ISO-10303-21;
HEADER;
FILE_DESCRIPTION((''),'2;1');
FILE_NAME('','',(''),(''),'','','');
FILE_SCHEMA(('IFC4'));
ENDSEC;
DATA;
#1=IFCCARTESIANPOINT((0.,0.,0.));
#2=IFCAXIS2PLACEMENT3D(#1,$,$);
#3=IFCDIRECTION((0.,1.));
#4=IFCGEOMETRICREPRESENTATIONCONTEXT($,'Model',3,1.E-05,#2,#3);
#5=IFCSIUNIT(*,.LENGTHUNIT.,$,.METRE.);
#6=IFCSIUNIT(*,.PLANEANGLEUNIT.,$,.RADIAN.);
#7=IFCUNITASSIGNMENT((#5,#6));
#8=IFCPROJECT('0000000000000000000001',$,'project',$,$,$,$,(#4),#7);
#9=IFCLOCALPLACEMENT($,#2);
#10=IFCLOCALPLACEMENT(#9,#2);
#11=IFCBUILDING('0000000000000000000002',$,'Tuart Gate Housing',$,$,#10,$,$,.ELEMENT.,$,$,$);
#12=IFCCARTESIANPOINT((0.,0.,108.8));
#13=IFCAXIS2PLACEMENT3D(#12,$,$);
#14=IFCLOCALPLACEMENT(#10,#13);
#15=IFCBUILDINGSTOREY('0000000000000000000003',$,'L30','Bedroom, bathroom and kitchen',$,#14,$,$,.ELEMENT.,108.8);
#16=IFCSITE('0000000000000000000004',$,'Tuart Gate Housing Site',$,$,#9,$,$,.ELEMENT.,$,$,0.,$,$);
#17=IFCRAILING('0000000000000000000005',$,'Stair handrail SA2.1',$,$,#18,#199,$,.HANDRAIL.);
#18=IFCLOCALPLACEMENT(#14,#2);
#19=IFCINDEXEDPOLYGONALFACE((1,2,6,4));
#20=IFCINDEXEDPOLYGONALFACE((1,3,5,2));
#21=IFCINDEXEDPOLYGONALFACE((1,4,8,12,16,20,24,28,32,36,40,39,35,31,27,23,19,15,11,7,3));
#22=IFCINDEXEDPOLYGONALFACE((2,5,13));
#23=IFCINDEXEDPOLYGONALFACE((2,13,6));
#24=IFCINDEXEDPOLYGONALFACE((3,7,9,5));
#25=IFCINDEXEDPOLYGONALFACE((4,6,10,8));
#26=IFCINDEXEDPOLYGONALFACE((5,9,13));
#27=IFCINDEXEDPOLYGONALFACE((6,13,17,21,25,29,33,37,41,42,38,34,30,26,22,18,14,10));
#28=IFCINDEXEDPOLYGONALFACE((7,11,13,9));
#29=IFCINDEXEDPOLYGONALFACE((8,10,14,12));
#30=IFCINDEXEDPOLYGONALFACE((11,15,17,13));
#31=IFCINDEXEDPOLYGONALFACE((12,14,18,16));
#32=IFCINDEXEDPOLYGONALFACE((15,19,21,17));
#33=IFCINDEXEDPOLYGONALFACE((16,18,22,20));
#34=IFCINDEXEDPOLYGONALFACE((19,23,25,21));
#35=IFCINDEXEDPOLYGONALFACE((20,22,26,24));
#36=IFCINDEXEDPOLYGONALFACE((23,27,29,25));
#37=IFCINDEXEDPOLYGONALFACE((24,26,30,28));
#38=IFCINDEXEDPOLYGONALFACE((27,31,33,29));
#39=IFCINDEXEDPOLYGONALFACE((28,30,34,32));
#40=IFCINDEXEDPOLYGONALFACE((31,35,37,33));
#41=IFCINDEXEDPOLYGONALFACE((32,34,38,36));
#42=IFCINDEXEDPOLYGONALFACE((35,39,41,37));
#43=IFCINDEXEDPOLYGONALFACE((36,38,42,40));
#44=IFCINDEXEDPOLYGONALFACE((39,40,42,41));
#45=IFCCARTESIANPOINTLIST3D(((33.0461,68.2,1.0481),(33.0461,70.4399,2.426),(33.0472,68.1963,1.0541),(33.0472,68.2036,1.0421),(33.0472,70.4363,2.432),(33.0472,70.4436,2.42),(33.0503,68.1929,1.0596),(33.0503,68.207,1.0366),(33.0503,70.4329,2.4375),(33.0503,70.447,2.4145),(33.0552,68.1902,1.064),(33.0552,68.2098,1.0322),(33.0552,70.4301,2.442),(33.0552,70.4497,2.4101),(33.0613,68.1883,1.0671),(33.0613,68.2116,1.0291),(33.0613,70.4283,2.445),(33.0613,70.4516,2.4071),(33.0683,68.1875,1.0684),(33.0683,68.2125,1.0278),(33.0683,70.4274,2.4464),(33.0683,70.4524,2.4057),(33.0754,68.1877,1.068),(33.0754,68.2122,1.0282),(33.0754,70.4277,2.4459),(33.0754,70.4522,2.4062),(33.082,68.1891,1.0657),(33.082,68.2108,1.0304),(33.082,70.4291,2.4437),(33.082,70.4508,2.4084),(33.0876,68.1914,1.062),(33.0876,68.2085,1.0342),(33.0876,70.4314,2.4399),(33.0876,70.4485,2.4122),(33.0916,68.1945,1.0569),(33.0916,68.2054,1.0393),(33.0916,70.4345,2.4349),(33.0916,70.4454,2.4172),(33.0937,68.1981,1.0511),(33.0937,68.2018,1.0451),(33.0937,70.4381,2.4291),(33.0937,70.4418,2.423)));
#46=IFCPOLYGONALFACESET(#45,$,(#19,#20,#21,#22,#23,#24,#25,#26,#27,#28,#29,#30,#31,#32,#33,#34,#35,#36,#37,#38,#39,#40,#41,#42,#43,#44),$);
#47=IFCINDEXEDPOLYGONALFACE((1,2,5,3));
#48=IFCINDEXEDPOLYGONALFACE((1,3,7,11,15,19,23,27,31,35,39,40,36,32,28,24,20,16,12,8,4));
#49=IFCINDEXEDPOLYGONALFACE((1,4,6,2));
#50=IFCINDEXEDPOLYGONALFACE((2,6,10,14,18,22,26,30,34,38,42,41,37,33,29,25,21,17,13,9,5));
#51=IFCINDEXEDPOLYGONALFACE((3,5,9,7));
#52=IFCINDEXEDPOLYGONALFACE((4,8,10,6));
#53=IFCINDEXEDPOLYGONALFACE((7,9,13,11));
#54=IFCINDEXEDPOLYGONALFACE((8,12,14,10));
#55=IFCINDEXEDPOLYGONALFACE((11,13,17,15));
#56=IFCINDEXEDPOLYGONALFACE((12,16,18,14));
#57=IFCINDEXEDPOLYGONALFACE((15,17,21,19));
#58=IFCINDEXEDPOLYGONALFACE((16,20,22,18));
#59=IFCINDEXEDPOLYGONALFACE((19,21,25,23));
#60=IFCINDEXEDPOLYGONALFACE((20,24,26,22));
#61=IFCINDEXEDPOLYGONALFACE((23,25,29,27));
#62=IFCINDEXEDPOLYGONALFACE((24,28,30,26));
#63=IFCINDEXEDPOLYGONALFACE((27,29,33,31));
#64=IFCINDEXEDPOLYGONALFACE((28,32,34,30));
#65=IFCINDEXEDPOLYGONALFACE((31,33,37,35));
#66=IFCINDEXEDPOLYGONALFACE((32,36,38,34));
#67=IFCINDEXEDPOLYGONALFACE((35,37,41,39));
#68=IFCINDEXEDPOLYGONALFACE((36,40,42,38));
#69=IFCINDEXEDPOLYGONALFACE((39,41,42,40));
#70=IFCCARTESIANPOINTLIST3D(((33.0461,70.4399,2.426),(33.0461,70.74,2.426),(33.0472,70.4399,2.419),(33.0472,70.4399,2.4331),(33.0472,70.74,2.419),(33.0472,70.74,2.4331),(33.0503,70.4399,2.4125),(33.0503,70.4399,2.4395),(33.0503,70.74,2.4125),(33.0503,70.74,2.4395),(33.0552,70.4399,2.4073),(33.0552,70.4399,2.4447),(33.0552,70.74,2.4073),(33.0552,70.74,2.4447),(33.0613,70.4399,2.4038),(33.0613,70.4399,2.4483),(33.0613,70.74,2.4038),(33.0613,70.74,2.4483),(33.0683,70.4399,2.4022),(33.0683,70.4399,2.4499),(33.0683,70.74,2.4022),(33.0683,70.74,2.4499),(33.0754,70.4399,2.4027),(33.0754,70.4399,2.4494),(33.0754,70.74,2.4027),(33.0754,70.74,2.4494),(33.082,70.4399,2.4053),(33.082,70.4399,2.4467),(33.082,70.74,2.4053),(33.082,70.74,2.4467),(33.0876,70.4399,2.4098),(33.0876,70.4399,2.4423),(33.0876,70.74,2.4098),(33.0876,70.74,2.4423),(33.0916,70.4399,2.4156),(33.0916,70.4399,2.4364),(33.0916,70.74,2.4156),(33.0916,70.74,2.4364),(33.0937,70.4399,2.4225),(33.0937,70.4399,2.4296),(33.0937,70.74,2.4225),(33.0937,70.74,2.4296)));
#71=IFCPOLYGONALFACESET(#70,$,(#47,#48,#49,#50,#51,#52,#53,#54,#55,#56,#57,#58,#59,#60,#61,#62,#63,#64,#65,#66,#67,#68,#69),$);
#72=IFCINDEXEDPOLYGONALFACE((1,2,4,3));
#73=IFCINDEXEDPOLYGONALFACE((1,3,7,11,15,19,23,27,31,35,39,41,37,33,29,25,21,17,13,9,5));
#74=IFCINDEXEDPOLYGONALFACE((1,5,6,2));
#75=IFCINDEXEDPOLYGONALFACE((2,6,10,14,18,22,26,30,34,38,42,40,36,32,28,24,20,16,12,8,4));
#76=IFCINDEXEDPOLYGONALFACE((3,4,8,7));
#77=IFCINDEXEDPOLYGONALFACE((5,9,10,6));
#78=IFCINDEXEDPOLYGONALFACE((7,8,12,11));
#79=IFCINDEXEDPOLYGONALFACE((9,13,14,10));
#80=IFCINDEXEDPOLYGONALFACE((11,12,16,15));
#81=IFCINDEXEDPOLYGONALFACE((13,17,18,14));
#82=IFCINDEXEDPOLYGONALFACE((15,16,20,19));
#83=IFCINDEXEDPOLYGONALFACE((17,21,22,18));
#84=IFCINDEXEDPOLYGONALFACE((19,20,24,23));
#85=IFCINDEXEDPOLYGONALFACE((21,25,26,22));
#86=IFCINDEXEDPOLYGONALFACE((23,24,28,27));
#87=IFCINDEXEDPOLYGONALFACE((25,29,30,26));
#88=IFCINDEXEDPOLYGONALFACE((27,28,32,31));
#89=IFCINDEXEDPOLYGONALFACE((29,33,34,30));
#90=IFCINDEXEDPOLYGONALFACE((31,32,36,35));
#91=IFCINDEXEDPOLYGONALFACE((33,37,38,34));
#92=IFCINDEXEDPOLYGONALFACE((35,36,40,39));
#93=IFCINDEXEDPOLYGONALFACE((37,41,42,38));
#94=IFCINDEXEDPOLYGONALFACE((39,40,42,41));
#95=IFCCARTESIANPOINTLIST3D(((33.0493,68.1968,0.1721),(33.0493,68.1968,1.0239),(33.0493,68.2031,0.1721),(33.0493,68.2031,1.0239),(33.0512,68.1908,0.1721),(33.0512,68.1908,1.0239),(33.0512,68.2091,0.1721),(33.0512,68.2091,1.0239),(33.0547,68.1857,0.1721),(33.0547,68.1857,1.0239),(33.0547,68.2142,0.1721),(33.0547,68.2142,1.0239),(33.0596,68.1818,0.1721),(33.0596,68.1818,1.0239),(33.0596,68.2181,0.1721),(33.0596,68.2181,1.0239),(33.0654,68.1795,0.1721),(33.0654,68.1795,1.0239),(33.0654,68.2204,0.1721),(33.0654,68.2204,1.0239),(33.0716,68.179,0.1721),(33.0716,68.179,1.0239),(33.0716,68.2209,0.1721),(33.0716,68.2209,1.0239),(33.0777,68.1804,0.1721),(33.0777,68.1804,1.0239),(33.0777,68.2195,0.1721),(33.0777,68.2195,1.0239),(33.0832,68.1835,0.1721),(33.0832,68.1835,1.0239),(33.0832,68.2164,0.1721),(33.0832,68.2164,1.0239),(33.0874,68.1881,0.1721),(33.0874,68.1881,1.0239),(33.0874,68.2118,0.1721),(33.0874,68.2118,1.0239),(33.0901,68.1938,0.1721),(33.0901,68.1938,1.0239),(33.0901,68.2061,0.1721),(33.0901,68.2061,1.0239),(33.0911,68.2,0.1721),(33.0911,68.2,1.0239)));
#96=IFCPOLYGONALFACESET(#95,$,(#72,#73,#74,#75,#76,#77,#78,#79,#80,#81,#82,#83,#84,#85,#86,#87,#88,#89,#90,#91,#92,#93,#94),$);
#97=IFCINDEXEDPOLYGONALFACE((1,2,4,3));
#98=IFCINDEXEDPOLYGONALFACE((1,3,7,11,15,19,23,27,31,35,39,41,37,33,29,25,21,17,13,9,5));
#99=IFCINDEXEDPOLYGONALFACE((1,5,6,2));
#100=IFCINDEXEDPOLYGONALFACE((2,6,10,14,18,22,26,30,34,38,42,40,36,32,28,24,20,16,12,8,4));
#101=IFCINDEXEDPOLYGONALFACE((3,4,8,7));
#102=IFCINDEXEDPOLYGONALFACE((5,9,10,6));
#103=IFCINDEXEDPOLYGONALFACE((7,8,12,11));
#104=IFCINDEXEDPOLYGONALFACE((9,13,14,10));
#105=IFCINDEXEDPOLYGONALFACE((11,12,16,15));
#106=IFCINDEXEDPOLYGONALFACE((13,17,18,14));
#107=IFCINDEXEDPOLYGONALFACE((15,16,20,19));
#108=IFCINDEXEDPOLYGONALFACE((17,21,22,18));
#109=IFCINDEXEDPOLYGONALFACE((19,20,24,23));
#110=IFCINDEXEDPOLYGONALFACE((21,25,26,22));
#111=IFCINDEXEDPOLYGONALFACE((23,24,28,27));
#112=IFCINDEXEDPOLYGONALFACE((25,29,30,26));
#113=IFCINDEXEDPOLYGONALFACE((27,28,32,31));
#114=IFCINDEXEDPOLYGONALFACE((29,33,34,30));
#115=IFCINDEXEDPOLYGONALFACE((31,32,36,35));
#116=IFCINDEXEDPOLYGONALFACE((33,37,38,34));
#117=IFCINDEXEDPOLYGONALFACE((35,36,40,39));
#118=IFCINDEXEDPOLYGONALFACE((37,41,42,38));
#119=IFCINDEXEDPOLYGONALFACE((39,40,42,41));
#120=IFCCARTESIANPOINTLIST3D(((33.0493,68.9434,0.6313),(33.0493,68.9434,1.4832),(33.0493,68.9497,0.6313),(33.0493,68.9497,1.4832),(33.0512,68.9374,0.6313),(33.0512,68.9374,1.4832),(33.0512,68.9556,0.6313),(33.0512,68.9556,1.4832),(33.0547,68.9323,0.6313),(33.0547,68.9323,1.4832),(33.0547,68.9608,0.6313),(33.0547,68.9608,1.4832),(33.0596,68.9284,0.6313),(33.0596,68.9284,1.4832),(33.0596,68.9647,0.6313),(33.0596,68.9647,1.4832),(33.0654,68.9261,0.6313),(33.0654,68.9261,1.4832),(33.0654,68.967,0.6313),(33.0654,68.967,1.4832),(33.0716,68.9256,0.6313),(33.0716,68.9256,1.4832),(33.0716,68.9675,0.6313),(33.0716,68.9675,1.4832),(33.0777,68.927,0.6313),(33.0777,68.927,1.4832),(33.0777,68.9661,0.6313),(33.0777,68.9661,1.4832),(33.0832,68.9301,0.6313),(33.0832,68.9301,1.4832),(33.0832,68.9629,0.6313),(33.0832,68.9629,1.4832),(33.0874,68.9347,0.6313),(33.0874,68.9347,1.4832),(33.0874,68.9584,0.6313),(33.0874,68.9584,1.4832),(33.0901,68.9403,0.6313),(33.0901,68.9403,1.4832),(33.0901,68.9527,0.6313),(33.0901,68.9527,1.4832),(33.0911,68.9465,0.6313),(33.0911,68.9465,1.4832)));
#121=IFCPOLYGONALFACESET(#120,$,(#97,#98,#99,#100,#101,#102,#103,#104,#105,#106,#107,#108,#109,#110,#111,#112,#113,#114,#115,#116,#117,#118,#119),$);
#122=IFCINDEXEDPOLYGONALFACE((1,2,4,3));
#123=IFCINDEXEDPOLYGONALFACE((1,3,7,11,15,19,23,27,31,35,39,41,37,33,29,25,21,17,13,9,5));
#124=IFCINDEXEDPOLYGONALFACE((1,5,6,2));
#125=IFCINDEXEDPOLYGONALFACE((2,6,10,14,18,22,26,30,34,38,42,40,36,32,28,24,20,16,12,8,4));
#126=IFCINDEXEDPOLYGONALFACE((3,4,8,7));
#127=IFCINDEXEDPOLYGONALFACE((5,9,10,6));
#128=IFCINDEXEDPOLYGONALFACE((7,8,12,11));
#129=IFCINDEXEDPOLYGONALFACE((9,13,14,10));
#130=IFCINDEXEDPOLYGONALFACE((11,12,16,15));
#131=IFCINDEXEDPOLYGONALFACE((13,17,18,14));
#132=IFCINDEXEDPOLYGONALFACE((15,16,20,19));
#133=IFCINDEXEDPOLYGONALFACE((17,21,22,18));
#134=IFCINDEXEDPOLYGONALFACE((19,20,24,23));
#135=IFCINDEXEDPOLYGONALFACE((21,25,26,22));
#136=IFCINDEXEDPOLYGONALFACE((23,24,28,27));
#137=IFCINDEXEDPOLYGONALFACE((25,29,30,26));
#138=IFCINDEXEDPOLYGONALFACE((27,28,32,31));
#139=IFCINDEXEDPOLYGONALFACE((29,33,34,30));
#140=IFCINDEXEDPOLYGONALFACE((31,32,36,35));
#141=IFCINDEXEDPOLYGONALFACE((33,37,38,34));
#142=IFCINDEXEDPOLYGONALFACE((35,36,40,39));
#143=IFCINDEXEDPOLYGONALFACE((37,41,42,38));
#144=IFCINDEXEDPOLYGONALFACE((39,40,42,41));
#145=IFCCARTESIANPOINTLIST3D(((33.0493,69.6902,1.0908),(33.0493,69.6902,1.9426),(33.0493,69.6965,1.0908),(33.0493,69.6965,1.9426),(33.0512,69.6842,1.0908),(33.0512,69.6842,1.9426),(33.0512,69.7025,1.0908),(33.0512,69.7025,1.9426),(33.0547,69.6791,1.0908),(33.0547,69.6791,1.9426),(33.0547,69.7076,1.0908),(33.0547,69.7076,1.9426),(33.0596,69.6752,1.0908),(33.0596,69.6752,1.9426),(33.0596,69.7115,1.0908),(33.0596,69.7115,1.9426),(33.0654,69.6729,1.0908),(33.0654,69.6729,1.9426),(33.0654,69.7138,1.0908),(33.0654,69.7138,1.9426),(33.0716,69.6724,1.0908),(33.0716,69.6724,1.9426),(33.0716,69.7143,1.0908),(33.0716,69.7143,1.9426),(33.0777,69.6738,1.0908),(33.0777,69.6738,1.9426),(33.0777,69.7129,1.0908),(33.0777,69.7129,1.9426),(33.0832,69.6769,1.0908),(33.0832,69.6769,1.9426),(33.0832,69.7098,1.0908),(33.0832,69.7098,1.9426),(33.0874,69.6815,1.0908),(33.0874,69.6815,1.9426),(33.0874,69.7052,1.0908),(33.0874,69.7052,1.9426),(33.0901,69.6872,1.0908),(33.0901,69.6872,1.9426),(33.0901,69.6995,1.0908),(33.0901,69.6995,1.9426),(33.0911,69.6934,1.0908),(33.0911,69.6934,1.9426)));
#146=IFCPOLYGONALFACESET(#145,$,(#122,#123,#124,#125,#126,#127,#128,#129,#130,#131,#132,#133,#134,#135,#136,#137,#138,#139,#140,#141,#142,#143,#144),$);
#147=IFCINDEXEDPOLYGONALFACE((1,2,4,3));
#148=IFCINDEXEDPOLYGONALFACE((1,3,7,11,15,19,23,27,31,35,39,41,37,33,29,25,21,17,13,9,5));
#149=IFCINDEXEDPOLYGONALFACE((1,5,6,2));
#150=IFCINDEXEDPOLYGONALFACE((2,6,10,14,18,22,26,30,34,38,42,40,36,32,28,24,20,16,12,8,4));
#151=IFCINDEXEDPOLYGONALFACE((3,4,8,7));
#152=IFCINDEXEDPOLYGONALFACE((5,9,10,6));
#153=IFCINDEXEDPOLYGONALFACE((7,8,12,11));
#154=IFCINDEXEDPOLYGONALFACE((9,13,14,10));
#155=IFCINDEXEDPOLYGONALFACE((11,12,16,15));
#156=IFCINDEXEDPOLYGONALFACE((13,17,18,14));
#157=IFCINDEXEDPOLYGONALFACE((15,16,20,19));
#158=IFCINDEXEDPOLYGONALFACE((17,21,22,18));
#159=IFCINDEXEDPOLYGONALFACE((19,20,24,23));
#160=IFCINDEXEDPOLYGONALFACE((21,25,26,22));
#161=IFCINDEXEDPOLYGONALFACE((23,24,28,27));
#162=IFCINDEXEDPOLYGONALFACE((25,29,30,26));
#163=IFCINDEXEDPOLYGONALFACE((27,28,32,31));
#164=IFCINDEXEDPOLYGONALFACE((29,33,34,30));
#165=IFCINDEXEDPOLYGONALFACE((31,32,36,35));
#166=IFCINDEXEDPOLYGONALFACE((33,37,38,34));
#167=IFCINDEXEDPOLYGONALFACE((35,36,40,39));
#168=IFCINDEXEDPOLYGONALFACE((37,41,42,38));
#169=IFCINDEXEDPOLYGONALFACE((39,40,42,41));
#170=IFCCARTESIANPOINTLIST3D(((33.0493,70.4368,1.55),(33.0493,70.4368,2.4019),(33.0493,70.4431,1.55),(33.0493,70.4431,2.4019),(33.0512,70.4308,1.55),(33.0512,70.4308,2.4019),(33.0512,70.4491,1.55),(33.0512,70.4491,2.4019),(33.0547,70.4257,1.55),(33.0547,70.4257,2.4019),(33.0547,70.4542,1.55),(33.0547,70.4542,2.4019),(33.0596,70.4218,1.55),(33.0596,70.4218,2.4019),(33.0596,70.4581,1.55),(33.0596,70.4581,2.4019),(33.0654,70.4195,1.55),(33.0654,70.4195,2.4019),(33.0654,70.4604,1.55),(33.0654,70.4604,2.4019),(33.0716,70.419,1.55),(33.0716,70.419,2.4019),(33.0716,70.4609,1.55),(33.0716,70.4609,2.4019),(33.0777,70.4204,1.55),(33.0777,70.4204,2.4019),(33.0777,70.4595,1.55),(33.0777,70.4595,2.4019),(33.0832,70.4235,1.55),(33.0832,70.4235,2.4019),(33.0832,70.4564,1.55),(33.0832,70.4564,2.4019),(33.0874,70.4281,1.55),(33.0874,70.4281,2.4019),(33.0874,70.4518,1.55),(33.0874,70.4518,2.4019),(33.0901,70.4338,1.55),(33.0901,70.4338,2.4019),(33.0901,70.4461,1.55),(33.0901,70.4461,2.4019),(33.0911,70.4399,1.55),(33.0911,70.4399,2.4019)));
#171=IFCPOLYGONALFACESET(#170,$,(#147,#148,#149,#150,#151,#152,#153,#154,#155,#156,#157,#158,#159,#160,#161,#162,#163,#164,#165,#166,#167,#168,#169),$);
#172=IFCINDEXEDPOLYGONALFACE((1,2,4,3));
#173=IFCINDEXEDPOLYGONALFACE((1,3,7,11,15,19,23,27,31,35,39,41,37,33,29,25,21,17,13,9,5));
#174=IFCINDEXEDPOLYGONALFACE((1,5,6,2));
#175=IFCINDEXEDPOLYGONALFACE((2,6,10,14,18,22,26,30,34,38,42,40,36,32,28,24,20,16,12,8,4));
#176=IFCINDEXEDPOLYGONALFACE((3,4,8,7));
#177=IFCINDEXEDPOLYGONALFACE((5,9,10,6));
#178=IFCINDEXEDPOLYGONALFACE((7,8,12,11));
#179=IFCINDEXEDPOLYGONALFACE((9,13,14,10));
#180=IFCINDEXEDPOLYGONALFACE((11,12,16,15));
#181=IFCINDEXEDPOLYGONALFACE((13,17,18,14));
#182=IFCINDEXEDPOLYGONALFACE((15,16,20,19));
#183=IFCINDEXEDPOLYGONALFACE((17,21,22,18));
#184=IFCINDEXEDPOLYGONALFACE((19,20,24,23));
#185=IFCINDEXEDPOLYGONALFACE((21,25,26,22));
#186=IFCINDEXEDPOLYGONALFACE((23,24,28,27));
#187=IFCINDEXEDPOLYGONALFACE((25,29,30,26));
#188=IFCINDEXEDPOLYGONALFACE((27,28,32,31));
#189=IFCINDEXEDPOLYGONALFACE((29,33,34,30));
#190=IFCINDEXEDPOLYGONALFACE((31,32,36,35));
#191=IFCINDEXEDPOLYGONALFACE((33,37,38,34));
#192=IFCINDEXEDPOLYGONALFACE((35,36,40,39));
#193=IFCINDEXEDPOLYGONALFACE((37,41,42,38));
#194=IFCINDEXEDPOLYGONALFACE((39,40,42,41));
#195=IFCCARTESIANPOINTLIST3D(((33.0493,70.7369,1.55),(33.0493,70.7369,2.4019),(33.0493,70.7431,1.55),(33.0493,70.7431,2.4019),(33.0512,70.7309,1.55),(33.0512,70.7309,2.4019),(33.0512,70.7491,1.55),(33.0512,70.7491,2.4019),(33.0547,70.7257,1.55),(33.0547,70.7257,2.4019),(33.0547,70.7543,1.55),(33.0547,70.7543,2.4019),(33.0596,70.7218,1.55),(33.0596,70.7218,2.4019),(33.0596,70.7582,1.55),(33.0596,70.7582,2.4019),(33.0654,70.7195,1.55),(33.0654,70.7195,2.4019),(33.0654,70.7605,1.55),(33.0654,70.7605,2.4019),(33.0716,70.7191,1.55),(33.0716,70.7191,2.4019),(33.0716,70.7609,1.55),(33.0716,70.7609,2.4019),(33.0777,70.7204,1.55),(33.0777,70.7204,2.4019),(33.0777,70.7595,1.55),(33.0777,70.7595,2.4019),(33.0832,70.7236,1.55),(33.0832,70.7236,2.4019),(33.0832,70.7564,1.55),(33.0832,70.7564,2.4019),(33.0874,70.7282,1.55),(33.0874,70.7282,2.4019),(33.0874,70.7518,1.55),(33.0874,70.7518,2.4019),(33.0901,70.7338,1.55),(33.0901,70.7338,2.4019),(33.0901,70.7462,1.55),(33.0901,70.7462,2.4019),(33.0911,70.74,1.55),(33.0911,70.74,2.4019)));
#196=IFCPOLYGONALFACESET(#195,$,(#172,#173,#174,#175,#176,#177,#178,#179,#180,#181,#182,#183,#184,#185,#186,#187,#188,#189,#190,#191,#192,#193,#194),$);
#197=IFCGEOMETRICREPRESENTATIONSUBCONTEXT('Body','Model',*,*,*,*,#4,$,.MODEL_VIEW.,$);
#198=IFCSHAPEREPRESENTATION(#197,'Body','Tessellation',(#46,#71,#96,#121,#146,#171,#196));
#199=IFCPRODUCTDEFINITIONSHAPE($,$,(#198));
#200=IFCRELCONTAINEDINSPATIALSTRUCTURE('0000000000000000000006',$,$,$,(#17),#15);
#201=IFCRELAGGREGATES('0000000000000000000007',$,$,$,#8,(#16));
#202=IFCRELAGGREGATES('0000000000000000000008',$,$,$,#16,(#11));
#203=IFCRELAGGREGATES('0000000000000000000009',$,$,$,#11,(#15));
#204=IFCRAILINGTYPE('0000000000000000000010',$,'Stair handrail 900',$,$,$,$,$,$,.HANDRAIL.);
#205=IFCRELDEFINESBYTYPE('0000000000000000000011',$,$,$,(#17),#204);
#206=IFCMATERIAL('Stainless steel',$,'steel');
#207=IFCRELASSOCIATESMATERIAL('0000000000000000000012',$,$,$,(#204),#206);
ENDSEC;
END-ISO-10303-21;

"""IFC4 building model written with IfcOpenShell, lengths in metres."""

from ifc_helpers import new_model, si_unit, direction, frame, origin, origin_2d, place, context, subcontext, project, spatial, circle, extrude, material, type_object, element, save


model = new_model("IFC4")

# Units and contexts
model_context = context("Model", 3, precision=1e-05, world=origin(), true_north=direction((0.0, 1.0)))
body_context = subcontext(model_context, "Body", "Model", "MODEL_VIEW")
ifc_project = project(units=[si_unit("LENGTHUNIT", "METRE"), si_unit("PLANEANGLEUNIT", "RADIAN")], contexts=[model_context])

# Site, building, storey
site_placement = place(None, origin())
site = spatial("IfcSite", under=ifc_project, at=site_placement, Name="Tuart Gate Housing Site", CompositionType="ELEMENT", RefElevation=0.0)
building_placement = place(site_placement, origin())
building = spatial("IfcBuilding", under=site, at=building_placement, Name="Tuart Gate Housing", CompositionType="ELEMENT")
storey_placement = place(building_placement, frame((0.0, 0.0, 108.8)))
storey = spatial("IfcBuildingStorey", under=building, at=storey_placement, Name="L30", Description="Bedroom, bathroom and kitchen", CompositionType="ELEMENT", Elevation=108.8)

# Railing
ifc_material_1 = material(Name="Stainless steel", Category="steel")
railing_type = type_object("IfcRailingType", Name="Stair handrail 900", PredefinedType="HANDRAIL", material=ifc_material_1)
railing_placement = place(storey_placement, frame((33.0701, 68.2, 0.1721)))
element("IfcRailing", 1, at=railing_placement, inside=storey, type_object=railing_type, Name="Stair handrail SA2.1", PredefinedType="HANDRAIL", context=body_context, shape_type="SweptSolid", body=[
    extrude(circle(Radius=0.0239, at=origin_2d()), frame((0.0, 0.0, 0.876), z_axis=(0.0, 0.851748, 0.523952), x_axis=(-1.0, 0.0, 0.0)), (0.0, 0.0, 1.0), 2.6299),
    extrude(circle(Radius=0.0239, at=origin_2d()), frame((0.0, 2.24, 2.2539), z_axis=(0.0, 1.0, 0.0), x_axis=(-1.0, 0.0, 0.0)), (0.0, 0.0, 1.0), 0.3),
    extrude(circle(Radius=0.021, at=origin_2d()), origin(), (0.0, 0.0, 1.0), 0.8518),
    extrude(circle(Radius=0.021, at=origin_2d()), frame((0.0, 0.7466, 0.4592)), (0.0, 0.0, 1.0), 0.8518),
    extrude(circle(Radius=0.021, at=origin_2d()), frame((0.0, 1.4934, 0.9187)), (0.0, 0.0, 1.0), 0.8518),
    extrude(circle(Radius=0.021, at=origin_2d()), frame((0.0, 2.24, 1.3779)), (0.0, 0.0, 1.0), 0.8518),
    extrude(circle(Radius=0.021, at=origin_2d()), frame((0.0, 2.54, 1.3779)), (0.0, 0.0, 1.0), 0.8518),
])

save(model, "model.ifc")
